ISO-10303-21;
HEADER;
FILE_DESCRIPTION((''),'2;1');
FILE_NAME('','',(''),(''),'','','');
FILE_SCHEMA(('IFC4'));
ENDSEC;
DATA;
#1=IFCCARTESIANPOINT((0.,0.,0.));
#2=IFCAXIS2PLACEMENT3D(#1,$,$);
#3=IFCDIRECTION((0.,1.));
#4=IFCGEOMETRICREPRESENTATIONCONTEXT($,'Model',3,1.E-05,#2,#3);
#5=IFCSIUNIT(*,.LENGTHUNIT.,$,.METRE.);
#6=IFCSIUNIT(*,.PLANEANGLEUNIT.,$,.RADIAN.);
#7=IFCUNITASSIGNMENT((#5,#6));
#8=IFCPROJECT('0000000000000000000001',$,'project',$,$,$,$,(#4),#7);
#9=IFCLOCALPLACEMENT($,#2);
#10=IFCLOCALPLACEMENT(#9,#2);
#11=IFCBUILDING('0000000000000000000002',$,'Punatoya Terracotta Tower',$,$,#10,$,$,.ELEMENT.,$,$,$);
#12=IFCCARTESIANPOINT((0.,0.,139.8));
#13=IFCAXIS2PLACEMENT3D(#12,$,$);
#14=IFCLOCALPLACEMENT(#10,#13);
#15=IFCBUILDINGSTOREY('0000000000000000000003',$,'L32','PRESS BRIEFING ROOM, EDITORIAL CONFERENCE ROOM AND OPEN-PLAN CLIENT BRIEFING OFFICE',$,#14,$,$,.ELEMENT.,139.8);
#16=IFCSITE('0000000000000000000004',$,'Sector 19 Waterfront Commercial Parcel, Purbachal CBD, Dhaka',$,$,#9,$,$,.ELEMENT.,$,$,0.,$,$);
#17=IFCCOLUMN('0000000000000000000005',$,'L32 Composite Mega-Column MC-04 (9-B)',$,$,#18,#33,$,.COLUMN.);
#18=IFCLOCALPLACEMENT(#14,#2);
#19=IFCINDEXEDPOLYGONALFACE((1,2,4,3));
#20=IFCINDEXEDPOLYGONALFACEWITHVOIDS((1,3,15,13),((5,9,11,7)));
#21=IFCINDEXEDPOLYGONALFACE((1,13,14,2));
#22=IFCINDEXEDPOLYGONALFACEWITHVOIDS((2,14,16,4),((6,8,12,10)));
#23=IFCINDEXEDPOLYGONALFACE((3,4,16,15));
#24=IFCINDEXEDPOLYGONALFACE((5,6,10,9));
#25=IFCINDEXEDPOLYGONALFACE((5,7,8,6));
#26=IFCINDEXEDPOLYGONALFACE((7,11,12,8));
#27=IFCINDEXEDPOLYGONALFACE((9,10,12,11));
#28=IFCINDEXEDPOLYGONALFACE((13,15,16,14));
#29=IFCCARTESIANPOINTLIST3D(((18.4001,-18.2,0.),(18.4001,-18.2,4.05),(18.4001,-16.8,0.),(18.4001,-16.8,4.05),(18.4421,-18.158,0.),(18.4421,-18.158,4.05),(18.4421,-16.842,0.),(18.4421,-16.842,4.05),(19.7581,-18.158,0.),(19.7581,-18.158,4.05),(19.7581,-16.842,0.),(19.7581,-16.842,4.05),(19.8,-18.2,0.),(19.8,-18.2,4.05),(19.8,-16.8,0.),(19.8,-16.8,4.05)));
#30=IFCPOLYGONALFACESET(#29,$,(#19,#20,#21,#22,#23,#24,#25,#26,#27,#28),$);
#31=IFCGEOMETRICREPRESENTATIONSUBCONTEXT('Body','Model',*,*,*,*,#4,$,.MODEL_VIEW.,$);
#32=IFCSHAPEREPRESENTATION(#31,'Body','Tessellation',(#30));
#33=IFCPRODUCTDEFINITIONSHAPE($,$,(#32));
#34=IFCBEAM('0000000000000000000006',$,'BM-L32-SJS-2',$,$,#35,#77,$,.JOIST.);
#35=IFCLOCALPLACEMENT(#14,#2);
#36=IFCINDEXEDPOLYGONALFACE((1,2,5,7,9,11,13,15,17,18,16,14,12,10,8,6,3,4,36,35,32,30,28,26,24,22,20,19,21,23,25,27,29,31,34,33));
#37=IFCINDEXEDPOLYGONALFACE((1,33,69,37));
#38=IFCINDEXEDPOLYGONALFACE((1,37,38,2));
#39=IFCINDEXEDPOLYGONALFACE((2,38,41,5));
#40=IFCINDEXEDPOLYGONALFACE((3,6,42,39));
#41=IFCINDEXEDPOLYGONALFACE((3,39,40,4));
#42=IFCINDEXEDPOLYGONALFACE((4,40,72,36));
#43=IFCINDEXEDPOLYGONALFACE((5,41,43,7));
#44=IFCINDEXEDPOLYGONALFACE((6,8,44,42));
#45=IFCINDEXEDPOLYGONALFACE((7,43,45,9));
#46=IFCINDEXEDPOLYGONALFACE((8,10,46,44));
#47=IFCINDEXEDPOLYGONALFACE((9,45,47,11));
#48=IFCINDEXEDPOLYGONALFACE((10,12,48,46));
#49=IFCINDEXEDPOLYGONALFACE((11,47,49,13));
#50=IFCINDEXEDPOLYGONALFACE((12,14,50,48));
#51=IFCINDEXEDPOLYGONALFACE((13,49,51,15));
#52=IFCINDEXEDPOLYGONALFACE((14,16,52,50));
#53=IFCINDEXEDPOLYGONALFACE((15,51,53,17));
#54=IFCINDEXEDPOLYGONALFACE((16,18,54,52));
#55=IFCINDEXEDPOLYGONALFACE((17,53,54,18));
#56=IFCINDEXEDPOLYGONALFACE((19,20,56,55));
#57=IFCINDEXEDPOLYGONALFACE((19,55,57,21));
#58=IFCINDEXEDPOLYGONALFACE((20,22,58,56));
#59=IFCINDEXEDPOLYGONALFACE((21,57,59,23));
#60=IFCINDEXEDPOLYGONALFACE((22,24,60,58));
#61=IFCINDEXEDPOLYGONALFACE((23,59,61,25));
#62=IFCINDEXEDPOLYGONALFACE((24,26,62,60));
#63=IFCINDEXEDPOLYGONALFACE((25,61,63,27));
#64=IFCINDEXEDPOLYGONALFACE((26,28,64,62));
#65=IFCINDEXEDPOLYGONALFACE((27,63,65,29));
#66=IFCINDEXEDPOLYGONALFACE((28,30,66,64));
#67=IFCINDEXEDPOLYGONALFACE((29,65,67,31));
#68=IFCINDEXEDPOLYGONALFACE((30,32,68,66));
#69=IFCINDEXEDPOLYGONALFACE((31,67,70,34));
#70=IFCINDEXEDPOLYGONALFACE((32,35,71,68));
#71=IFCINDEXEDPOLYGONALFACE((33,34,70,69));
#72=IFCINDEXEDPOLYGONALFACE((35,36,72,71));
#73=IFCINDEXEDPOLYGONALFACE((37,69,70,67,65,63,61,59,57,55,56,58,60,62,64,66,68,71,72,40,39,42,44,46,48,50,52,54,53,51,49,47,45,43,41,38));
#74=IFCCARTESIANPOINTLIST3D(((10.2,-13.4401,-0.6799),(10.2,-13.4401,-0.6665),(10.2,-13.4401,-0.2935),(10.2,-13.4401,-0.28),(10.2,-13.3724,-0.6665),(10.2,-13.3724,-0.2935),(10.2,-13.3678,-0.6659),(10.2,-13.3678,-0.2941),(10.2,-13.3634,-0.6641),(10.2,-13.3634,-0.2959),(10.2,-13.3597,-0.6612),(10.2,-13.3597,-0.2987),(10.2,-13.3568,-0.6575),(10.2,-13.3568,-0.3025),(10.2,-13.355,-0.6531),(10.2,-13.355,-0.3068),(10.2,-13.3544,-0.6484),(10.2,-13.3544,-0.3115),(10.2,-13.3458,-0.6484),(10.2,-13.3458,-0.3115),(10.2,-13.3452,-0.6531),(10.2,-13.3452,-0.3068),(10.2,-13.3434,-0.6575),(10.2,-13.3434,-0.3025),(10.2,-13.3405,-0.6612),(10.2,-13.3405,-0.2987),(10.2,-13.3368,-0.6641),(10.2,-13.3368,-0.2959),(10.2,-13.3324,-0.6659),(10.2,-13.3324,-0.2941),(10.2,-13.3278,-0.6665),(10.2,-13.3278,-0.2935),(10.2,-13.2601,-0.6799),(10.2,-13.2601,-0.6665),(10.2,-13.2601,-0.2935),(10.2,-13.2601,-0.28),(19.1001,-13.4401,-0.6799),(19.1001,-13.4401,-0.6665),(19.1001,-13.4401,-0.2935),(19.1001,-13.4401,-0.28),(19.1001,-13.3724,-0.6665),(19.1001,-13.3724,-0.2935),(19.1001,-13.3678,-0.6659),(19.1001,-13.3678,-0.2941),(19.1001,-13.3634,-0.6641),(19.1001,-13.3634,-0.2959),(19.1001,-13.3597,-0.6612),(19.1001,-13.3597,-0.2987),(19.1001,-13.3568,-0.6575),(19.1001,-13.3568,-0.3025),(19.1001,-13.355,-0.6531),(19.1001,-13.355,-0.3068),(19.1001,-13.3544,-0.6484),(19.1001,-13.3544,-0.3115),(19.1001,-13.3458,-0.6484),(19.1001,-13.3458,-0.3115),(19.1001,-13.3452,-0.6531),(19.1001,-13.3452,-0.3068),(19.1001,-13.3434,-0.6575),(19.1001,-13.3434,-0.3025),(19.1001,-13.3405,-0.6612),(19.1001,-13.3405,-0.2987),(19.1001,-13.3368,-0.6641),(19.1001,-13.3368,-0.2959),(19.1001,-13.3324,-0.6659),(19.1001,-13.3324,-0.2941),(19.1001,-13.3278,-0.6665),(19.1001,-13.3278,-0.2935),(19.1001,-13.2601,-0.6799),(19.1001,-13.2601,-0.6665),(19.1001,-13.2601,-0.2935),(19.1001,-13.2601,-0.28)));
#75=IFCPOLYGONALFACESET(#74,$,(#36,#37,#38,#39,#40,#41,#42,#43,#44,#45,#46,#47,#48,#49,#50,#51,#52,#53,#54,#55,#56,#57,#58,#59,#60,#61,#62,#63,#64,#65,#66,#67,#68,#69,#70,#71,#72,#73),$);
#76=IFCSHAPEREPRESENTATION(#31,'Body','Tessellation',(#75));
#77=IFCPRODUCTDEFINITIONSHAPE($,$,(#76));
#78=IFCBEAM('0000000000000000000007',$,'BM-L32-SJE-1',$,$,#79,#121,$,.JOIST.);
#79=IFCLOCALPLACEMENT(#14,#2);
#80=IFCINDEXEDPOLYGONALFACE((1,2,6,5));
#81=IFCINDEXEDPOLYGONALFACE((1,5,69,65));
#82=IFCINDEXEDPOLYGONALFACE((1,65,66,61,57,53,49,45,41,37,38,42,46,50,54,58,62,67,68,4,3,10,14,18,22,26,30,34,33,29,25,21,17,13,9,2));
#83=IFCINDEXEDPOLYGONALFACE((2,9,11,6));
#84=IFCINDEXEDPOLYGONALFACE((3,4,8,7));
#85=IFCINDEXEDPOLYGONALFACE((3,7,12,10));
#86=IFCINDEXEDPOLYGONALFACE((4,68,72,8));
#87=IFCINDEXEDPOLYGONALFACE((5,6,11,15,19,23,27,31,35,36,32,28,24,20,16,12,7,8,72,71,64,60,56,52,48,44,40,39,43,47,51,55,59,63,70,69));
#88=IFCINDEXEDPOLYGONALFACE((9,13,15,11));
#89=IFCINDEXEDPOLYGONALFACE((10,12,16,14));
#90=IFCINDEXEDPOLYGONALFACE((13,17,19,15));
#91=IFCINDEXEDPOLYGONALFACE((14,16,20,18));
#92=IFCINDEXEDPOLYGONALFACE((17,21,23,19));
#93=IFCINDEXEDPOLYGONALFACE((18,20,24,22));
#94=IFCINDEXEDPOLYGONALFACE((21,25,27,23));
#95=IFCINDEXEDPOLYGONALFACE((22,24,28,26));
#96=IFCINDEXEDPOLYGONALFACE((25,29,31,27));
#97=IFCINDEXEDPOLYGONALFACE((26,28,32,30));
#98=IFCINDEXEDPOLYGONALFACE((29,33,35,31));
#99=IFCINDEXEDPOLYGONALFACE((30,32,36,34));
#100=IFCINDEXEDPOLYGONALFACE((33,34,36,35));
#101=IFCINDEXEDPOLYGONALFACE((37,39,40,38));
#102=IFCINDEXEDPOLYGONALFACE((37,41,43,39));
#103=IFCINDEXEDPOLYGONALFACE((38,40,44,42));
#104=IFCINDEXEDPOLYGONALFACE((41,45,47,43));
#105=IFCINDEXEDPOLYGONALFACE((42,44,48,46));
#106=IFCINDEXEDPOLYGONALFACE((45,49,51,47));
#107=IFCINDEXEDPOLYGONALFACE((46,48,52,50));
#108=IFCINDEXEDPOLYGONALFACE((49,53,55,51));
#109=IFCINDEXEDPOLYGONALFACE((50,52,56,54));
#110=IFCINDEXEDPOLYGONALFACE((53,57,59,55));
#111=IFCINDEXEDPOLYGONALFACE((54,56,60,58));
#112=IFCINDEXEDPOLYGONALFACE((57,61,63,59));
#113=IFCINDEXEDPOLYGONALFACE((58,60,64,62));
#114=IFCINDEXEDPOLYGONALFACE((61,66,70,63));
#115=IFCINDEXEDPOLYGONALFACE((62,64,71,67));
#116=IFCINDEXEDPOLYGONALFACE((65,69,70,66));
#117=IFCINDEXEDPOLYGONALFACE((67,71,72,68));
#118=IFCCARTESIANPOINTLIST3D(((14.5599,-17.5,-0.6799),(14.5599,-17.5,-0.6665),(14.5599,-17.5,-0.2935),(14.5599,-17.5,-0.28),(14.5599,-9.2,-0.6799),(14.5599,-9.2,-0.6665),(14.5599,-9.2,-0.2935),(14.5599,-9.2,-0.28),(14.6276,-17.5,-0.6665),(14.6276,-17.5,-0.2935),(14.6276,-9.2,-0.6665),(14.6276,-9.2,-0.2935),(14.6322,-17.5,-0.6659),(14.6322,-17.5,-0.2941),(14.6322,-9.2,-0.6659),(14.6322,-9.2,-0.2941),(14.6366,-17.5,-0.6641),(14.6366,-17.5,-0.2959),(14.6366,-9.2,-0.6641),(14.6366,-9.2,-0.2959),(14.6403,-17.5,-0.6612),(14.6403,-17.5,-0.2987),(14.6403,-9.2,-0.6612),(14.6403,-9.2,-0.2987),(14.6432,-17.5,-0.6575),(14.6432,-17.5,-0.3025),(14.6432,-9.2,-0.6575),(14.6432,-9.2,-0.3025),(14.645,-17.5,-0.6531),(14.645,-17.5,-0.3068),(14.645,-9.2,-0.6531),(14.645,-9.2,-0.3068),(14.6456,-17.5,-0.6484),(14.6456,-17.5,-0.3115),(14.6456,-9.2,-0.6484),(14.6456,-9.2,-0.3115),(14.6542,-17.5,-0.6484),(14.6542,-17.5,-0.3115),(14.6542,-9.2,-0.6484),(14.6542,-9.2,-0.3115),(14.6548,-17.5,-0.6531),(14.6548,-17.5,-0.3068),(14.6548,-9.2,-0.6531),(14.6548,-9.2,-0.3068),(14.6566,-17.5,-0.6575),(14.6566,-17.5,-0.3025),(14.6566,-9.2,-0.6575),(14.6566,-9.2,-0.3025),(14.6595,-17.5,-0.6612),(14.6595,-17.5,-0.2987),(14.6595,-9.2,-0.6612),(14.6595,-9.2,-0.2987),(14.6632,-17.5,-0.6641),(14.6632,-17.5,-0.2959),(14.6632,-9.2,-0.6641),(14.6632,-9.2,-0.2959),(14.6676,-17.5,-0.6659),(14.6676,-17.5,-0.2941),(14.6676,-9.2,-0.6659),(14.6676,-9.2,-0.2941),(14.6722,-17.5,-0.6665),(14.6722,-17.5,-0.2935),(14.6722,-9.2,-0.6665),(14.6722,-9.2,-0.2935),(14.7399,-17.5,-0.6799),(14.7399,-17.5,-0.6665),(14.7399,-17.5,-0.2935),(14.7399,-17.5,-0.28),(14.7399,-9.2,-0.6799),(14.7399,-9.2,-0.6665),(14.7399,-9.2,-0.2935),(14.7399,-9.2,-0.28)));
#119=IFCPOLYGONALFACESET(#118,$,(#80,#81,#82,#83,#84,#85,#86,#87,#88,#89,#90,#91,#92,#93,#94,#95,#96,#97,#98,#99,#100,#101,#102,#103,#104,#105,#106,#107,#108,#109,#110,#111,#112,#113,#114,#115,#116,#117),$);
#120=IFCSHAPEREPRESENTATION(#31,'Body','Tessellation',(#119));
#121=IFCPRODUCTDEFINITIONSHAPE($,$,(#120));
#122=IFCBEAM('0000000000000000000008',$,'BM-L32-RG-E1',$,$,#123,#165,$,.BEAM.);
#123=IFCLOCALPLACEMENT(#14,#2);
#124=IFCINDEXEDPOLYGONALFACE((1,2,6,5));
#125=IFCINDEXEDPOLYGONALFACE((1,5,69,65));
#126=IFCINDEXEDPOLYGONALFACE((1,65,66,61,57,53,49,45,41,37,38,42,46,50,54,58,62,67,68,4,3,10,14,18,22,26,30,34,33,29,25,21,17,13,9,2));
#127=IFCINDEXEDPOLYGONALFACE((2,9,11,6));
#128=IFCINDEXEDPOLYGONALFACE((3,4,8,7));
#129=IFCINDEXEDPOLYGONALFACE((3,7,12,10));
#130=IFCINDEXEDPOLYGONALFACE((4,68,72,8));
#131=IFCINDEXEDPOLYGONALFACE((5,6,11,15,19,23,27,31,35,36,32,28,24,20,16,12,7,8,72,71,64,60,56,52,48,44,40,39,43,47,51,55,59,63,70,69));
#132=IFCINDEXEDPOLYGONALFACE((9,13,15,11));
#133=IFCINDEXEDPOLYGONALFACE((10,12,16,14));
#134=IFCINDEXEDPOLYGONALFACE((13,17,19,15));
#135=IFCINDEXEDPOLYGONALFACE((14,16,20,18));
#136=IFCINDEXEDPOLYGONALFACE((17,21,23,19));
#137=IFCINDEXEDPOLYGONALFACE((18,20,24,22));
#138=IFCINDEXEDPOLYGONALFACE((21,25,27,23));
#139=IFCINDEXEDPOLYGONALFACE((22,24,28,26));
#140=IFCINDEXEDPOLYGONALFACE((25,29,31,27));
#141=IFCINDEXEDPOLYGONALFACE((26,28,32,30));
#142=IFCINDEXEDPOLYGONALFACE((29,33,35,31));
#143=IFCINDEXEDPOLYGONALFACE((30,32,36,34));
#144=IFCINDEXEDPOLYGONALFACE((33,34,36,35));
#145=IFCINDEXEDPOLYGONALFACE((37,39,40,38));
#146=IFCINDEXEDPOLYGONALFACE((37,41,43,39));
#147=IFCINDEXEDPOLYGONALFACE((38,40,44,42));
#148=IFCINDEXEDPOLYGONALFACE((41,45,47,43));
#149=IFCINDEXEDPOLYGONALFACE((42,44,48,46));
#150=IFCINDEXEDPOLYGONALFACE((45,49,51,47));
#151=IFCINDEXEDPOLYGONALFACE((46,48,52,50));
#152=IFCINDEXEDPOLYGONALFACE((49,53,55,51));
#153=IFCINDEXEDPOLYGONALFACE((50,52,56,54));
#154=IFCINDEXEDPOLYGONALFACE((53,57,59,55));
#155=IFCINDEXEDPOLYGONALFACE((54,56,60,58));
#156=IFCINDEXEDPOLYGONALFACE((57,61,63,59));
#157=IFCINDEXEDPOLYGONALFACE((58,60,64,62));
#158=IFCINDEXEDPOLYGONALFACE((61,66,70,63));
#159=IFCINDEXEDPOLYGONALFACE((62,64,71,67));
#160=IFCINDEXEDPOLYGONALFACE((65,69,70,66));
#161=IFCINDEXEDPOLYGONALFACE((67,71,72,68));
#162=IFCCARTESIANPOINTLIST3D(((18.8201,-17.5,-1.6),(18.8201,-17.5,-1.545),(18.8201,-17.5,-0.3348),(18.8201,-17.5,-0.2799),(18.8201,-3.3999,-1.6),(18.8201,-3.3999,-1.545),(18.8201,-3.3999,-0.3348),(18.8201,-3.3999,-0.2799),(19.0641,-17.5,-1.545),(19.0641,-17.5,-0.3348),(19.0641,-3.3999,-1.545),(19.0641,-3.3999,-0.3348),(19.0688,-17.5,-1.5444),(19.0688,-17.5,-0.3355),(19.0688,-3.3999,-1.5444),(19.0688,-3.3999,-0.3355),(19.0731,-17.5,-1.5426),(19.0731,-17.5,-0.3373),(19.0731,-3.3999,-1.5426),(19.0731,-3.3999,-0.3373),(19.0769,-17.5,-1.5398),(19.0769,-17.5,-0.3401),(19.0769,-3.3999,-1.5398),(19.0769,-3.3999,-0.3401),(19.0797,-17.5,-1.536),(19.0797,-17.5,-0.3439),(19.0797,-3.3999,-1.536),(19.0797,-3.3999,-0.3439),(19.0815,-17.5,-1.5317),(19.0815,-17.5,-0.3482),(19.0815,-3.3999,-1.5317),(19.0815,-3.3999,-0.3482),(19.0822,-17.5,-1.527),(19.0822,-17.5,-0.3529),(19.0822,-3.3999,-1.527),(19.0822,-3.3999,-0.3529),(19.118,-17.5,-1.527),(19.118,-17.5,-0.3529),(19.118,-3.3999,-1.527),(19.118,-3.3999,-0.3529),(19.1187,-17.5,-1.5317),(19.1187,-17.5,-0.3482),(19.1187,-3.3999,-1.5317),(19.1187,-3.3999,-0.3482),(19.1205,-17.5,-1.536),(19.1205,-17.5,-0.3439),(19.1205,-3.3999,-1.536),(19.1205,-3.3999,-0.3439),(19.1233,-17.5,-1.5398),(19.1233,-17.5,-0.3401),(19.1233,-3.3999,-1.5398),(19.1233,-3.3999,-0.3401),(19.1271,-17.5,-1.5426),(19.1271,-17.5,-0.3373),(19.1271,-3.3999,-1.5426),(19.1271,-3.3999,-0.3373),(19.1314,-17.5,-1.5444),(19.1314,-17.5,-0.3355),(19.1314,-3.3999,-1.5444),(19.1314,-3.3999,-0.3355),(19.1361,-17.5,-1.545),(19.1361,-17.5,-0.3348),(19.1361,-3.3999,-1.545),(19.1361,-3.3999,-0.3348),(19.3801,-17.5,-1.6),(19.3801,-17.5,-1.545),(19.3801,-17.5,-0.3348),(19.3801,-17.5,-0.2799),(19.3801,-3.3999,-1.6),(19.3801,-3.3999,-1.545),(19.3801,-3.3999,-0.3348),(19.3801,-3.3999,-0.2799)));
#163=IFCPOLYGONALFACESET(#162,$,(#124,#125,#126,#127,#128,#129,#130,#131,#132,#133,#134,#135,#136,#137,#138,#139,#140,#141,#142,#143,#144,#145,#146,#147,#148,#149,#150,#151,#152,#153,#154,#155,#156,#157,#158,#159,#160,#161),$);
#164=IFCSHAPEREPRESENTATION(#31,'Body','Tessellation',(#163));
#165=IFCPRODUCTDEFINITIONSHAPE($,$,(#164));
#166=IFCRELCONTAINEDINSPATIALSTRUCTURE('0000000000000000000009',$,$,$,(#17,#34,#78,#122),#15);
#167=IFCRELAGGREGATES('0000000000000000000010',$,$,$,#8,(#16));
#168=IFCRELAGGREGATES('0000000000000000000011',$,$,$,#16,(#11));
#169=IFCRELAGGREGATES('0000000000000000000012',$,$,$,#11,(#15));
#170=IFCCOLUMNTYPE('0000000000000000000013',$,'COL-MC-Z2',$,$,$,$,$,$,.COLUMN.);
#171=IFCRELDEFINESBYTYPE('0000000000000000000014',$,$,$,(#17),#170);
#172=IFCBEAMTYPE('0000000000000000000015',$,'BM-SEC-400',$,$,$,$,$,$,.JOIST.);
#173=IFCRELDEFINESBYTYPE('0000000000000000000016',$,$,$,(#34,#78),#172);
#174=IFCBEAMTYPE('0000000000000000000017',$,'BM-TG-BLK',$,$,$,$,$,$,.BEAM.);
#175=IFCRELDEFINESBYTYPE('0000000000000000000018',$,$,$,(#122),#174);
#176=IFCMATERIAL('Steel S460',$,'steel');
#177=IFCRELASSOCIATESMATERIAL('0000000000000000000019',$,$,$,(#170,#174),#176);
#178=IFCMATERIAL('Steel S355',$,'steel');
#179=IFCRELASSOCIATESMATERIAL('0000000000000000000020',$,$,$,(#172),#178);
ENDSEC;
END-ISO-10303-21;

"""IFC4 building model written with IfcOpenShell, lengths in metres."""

from ifc_helpers import new_model, si_unit, direction, frame, origin, origin_2d, place, context, subcontext, project, spatial, hollow_rectangle, i_section, extrude, material, material_profile, profile_set, type_object, element, save


model = new_model("IFC4")

# Units and contexts
model_context = context("Model", 3, precision=1e-05, world=origin(), true_north=direction((0.0, 1.0)))
body_context = subcontext(model_context, "Body", "Model", "MODEL_VIEW")
ifc_project = project(units=[si_unit("LENGTHUNIT", "METRE"), si_unit("PLANEANGLEUNIT", "RADIAN")], contexts=[model_context])

# Site, building, storey
site_placement = place(None, origin())
site = spatial("IfcSite", under=ifc_project, at=site_placement, Name="Sector 19 Waterfront Commercial Parcel, Purbachal CBD, Dhaka", CompositionType="ELEMENT", RefElevation=0.0)
building_placement = place(site_placement, origin())
building = spatial("IfcBuilding", under=site, at=building_placement, Name="Punatoya Terracotta Tower", CompositionType="ELEMENT")
storey_placement = place(building_placement, frame((0.0, 0.0, 139.8)))
storey = spatial("IfcBuildingStorey", under=building, at=storey_placement, Name="L32", Description="PRESS BRIEFING ROOM, EDITORIAL CONFERENCE ROOM AND OPEN-PLAN CLIENT BRIEFING OFFICE", CompositionType="ELEMENT", Elevation=139.8)

# Column
ifc_material_1 = material(Name="Steel S460", Category="steel")
ifc_material_profile_1 = material_profile(ifc_material_1, hollow_rectangle(XDim=1.3999, YDim=1.3999, WallThickness=0.042, at=origin_2d()))
ifc_profile_set_1 = profile_set([ifc_material_profile_1], Name="Steel S460")
column_type = type_object("IfcColumnType", Name="COL-MC-Z2", PredefinedType="COLUMN", material=ifc_profile_set_1)
column_placement = place(storey_placement, frame((19.1001, -17.5, 0.0), z_axis=(0.0, 0.0, 1.0), x_axis=(1.0, 0.0, 0.0)))
element("IfcColumn", 1, at=column_placement, inside=storey, type_object=column_type, Name="L32 Composite Mega-Column MC-04 (9-B)", PredefinedType="COLUMN", context=body_context, shape_type="SweptSolid", body=[
    extrude(hollow_rectangle(XDim=1.3999, YDim=1.3999, WallThickness=0.042, at=origin_2d()), origin(), (0.0, 0.0, 1.0), 4.05),
])

# Beams
ifc_material_2 = material(Name="Steel S355", Category="steel")
ifc_material_profile_2 = material_profile(ifc_material_2, i_section(OverallWidth=0.1799, OverallDepth=0.3999, WebThickness=0.0085, FlangeThickness=0.0134, FilletRadius=0.0181, at=origin_2d()))
ifc_profile_set_2 = profile_set([ifc_material_profile_2], Name="Steel S355")
beam_type_1 = type_object("IfcBeamType", Name="BM-SEC-400", PredefinedType="JOIST", material=ifc_profile_set_2)
beam_1_placement = place(storey_placement, frame((10.2, -13.3501, -0.48), z_axis=(1.0, 0.0, 0.0), x_axis=(0.0, 1.0, 0.0)))
element("IfcBeam", 2, at=beam_1_placement, inside=storey, type_object=beam_type_1, Name="BM-L32-SJS-2", PredefinedType="JOIST", context=body_context, shape_type="SweptSolid", body=[
    extrude(i_section(OverallWidth=0.1799, OverallDepth=0.3999, WebThickness=0.0085, FlangeThickness=0.0134, FilletRadius=0.0181, at=origin_2d()), origin(), (0.0, 0.0, 1.0), 8.9001),
])
beam_2_placement = place(storey_placement, frame((14.6499, -17.5, -0.48), z_axis=(0.0, 1.0, 0.0), x_axis=(-1.0, 0.0, 0.0)))
element("IfcBeam", 3, at=beam_2_placement, inside=storey, type_object=beam_type_1, Name="BM-L32-SJE-1", PredefinedType="JOIST", context=body_context, shape_type="SweptSolid", body=[
    extrude(i_section(OverallWidth=0.1799, OverallDepth=0.3999, WebThickness=0.0085, FlangeThickness=0.0134, FilletRadius=0.0181, at=origin_2d()), origin(), (0.0, 0.0, 1.0), 8.3),
])
ifc_material_profile_3 = material_profile(ifc_material_1, i_section(OverallWidth=0.5601, OverallDepth=1.3201, WebThickness=0.0359, FlangeThickness=0.0549, FilletRadius=0.0181, at=origin_2d()))
ifc_profile_set_3 = profile_set([ifc_material_profile_3], Name="Steel S460")
beam_type_2 = type_object("IfcBeamType", Name="BM-TG-BLK", PredefinedType="BEAM", material=ifc_profile_set_3)
beam_3_placement = place(storey_placement, frame((19.1001, -17.5, -0.9399), z_axis=(0.0, 1.0, 0.0), x_axis=(-1.0, 0.0, 0.0)))
element("IfcBeam", 4, at=beam_3_placement, inside=storey, type_object=beam_type_2, Name="BM-L32-RG-E1", PredefinedType="BEAM", context=body_context, shape_type="SweptSolid", body=[
    extrude(i_section(OverallWidth=0.5601, OverallDepth=1.3201, WebThickness=0.0359, FlangeThickness=0.0549, FilletRadius=0.0181, at=origin_2d()), origin(), (0.0, 0.0, 1.0), 14.1001),
])

save(model, "model.ifc")
